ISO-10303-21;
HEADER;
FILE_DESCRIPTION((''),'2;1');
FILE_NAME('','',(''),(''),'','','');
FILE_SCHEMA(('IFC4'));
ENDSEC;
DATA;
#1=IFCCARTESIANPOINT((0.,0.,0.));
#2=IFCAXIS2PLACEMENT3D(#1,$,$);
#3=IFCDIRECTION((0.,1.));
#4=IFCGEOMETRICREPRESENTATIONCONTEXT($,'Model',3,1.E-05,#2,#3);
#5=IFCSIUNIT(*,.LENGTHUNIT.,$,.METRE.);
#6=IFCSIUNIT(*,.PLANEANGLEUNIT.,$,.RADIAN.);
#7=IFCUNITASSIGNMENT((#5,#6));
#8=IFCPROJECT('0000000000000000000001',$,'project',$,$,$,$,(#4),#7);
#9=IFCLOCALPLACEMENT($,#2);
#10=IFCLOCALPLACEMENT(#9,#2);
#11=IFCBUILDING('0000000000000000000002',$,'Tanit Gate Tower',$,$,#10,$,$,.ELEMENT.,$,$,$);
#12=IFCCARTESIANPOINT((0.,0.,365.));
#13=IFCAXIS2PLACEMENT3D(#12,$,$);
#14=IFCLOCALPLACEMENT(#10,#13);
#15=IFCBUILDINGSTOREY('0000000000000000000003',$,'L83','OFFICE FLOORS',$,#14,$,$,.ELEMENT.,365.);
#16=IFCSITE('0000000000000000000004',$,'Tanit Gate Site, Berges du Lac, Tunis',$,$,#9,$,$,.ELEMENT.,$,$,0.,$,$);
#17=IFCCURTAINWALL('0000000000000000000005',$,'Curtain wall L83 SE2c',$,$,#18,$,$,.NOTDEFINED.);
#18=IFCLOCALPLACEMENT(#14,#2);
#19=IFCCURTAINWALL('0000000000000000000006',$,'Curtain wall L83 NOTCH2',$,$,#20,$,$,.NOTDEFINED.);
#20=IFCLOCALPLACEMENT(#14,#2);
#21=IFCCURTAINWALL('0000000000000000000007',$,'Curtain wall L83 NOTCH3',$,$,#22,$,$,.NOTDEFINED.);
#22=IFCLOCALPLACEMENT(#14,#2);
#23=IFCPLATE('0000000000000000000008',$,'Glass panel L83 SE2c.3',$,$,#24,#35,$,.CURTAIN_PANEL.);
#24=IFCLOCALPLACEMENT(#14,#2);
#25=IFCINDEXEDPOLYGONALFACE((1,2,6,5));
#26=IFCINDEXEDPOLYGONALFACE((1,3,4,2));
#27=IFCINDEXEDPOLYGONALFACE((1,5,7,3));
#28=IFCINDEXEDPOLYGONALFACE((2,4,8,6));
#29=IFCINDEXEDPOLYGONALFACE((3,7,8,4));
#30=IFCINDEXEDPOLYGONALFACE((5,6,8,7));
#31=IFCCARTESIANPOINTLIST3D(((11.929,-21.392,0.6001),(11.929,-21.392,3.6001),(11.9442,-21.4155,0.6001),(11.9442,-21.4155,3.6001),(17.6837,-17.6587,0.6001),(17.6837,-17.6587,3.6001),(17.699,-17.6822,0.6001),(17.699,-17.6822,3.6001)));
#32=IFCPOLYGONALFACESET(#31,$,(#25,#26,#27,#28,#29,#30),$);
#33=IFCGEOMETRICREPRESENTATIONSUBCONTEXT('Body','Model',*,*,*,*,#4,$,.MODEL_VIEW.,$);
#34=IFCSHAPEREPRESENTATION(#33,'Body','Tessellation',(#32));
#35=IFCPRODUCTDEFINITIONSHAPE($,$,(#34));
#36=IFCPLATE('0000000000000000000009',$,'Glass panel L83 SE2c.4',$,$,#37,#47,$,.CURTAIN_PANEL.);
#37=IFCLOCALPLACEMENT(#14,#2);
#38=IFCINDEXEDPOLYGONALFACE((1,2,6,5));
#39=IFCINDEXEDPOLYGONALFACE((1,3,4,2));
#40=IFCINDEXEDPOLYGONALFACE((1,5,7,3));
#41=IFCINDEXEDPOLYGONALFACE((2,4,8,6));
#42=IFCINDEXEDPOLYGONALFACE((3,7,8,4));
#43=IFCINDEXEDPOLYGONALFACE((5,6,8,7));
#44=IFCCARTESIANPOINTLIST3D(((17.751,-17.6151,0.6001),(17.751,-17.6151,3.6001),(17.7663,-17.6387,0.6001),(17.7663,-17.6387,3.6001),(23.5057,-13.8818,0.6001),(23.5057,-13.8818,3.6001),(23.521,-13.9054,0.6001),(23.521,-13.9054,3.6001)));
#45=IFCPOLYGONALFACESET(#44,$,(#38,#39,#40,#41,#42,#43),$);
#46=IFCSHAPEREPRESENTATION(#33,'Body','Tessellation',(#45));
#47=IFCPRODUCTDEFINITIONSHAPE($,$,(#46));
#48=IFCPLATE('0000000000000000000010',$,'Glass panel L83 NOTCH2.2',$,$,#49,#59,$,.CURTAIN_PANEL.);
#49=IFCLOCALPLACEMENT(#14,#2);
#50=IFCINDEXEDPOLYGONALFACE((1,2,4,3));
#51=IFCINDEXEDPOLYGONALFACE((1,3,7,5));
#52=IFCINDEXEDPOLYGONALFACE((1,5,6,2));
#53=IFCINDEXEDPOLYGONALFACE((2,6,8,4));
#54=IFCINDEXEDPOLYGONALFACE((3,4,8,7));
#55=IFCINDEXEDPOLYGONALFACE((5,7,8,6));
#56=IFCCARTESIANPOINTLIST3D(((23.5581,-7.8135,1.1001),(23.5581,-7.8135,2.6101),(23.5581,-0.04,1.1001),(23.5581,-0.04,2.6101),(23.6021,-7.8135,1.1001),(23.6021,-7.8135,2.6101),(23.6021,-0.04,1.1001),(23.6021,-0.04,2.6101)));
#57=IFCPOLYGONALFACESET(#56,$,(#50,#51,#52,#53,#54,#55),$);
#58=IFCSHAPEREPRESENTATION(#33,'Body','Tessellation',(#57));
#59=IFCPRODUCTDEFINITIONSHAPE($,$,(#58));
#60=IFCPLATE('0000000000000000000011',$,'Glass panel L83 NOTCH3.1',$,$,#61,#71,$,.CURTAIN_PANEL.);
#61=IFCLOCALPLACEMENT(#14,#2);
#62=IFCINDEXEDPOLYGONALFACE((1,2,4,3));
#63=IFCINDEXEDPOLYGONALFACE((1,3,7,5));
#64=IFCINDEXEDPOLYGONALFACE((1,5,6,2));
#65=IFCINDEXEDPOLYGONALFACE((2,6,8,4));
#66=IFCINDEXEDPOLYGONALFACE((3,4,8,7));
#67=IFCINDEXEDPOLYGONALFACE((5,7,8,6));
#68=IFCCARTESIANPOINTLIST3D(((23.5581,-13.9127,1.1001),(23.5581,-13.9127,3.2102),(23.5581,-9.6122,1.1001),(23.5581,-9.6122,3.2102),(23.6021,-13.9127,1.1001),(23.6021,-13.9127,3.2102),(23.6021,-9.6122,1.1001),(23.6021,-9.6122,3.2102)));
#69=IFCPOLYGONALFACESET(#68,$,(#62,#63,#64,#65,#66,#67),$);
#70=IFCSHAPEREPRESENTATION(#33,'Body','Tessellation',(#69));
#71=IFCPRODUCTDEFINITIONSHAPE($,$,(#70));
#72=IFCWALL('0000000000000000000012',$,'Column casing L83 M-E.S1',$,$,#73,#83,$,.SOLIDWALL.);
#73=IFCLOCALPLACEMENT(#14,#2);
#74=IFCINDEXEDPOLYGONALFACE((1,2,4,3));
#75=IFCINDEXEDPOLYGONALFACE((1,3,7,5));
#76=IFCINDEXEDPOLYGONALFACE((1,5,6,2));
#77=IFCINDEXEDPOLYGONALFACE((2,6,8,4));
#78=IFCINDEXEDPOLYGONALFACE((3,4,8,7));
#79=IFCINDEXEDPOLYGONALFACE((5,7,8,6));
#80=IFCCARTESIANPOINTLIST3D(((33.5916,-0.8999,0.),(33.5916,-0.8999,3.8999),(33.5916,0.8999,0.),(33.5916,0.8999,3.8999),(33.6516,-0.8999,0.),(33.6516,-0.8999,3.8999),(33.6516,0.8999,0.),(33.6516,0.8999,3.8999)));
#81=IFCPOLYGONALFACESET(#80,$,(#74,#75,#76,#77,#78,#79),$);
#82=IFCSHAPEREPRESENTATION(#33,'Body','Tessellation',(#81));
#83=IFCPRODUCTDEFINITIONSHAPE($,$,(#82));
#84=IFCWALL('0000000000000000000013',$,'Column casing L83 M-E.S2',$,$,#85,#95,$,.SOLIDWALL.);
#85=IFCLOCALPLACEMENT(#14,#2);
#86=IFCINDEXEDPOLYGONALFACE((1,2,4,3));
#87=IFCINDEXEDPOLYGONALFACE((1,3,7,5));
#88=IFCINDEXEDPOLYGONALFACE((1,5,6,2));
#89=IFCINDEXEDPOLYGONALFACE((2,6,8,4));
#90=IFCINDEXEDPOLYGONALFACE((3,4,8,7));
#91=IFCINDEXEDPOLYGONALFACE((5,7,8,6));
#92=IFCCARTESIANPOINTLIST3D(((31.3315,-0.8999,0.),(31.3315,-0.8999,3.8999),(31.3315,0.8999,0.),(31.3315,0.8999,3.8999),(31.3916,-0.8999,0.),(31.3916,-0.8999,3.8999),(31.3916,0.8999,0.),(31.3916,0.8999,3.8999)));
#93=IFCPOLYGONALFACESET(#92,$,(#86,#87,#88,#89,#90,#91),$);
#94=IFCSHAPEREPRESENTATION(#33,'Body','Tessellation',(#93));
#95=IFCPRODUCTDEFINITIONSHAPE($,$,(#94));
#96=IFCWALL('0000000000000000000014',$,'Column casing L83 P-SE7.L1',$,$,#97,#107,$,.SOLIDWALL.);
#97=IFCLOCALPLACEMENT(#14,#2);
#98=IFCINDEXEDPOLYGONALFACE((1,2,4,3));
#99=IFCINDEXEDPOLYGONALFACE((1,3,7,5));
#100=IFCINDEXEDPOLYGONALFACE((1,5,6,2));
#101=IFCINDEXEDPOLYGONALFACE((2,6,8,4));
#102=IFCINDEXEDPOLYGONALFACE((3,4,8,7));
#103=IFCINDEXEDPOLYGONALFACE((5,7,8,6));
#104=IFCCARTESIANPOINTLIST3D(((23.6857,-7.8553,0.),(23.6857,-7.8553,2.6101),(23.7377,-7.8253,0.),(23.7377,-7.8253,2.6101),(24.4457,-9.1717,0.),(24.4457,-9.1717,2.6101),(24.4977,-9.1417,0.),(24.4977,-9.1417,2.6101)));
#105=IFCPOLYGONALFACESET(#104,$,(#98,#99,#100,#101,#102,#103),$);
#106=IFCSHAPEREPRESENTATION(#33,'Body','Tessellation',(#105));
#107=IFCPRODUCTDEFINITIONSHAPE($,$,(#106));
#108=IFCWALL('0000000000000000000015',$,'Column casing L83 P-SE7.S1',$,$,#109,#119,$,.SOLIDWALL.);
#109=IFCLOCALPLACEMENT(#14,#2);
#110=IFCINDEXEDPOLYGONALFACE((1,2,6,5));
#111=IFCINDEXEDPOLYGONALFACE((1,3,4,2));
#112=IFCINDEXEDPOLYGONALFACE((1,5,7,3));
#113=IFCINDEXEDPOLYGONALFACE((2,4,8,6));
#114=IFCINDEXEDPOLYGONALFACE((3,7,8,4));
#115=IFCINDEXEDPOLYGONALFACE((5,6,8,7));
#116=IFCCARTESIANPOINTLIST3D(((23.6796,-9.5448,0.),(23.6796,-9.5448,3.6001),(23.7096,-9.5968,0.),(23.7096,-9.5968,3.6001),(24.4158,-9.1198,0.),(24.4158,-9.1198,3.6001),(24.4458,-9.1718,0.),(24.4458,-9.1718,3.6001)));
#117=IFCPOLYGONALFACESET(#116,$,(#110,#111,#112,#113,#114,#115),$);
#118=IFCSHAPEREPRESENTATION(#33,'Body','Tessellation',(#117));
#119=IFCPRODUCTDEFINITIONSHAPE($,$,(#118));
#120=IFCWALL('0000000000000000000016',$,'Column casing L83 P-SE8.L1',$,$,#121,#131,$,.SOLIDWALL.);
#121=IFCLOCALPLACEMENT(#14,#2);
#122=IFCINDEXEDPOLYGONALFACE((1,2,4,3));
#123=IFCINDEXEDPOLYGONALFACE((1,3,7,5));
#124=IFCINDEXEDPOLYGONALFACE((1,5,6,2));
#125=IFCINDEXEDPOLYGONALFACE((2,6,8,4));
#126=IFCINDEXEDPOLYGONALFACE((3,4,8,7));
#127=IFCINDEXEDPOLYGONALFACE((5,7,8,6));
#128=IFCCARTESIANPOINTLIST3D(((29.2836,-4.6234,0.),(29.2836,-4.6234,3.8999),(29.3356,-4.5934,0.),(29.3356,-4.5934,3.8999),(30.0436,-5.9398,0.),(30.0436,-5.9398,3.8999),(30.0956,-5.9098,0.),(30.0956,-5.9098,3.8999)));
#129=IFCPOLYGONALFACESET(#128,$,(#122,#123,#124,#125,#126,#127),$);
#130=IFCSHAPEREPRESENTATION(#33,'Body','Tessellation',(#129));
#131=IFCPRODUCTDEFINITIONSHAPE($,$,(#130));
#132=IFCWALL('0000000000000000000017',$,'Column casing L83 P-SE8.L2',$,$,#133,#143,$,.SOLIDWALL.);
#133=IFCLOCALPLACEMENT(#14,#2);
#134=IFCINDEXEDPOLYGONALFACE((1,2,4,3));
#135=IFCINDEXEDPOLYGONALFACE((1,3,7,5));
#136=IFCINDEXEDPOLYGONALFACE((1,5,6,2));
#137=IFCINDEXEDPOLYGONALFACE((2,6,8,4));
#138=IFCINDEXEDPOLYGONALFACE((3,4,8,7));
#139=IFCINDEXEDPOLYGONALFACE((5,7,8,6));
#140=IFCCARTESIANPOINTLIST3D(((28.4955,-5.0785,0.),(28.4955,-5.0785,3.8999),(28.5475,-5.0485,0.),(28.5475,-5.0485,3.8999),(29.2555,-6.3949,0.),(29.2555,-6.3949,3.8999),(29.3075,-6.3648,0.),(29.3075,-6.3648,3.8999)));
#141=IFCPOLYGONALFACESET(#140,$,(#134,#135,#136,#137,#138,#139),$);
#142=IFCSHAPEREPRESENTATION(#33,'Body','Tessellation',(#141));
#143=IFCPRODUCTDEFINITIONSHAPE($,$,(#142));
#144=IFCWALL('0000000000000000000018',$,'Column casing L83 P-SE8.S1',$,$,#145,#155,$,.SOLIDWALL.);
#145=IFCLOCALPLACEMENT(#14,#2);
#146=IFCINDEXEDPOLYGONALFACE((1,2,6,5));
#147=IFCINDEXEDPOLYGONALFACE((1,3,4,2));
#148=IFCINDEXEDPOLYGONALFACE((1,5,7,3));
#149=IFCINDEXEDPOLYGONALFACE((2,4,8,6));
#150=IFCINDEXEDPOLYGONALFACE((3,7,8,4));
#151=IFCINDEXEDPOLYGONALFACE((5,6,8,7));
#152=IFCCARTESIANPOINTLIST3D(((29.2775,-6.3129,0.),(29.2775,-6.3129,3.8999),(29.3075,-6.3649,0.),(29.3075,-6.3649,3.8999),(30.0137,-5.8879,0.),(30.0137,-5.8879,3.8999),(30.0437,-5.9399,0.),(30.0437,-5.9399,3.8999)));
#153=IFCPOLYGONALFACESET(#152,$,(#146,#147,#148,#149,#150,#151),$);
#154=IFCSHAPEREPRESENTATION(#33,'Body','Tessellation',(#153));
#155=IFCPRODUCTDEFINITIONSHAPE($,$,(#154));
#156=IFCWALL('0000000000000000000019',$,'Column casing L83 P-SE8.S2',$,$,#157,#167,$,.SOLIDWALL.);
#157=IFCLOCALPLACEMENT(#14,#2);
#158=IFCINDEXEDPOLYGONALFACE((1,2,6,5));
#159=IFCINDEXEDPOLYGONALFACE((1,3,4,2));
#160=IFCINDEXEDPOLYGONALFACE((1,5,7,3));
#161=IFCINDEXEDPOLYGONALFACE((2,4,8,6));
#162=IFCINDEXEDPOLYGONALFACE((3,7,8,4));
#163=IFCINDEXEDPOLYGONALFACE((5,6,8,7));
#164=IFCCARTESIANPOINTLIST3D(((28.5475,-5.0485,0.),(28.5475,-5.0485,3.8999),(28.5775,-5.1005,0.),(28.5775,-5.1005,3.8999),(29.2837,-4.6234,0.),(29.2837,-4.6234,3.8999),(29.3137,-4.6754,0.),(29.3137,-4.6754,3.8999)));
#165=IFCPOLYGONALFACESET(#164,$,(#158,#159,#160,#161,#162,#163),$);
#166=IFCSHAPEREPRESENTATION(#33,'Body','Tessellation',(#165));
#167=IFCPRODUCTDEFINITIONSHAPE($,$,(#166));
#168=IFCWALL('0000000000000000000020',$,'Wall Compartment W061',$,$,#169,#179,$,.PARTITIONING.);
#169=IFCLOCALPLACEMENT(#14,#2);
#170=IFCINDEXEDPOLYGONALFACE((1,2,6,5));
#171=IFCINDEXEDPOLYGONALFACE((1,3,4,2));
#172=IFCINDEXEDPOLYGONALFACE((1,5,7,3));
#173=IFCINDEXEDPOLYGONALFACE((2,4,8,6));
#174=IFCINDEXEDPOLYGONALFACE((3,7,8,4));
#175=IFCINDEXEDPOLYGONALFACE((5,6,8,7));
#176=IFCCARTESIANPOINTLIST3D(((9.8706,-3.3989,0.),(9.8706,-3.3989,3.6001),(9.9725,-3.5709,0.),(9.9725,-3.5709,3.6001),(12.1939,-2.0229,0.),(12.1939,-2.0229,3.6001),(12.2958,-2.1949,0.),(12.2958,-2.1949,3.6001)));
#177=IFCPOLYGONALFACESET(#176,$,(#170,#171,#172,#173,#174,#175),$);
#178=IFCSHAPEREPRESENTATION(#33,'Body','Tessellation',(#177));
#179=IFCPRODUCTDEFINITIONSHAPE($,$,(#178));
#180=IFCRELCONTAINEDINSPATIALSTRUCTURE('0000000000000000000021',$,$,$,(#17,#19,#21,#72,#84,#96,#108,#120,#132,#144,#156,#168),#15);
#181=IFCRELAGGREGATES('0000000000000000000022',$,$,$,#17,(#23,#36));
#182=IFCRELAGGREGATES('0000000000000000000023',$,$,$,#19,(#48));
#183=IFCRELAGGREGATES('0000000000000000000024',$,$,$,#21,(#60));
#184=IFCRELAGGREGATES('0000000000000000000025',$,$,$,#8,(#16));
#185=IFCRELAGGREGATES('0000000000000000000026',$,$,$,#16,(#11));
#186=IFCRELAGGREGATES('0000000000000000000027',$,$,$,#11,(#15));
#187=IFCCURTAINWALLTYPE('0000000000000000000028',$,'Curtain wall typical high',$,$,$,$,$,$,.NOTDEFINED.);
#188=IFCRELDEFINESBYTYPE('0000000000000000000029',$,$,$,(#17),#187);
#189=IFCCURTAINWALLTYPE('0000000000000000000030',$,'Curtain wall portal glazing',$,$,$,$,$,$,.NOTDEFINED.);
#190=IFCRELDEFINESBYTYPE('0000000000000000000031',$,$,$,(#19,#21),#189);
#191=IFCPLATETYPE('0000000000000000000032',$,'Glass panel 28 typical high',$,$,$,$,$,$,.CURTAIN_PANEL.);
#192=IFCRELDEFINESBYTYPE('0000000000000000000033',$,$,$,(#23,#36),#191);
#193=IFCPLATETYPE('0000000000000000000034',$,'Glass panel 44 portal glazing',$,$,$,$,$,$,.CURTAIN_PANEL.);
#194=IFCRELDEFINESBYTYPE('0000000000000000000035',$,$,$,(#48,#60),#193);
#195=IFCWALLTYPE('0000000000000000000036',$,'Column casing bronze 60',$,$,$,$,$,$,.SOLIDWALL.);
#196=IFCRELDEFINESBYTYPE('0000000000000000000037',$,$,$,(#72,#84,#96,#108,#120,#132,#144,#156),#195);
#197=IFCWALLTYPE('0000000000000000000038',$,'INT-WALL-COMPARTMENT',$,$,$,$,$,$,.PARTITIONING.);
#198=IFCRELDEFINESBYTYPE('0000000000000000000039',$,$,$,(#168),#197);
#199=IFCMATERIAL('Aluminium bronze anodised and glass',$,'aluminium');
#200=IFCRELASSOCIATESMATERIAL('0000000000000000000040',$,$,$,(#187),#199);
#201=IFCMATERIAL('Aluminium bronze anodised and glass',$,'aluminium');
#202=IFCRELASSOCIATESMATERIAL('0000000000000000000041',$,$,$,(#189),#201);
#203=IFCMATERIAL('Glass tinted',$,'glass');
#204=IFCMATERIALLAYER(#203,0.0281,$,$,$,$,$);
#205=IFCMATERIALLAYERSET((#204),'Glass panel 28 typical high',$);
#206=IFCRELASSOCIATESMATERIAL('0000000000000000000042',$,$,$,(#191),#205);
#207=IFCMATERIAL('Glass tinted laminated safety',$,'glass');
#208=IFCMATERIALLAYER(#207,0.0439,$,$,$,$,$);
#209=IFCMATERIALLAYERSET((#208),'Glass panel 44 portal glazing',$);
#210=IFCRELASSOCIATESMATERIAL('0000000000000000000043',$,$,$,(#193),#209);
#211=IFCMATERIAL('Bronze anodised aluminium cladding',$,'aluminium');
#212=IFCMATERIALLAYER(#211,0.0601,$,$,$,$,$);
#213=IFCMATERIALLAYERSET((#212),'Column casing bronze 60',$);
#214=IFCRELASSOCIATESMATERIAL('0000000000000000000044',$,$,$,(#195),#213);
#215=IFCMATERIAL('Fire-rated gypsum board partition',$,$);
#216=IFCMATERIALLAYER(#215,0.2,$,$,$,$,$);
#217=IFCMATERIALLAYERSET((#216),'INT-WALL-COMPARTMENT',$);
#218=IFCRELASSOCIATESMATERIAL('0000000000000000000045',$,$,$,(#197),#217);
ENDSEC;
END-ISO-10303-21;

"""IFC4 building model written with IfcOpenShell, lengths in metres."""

from ifc_helpers import new_model, si_unit, direction, frame, frame_2d, origin, origin_2d, place, context, subcontext, project, spatial, rectangle, extrude, material, layer, layer_set, type_object, element, aggregate, save


model = new_model("IFC4")

# Units and contexts
model_context = context("Model", 3, precision=1e-05, world=origin(), true_north=direction((0.0, 1.0)))
body_context = subcontext(model_context, "Body", "Model", "MODEL_VIEW")
ifc_project = project(units=[si_unit("LENGTHUNIT", "METRE"), si_unit("PLANEANGLEUNIT", "RADIAN")], contexts=[model_context])

# Site, building, storey
site_placement = place(None, origin())
site = spatial("IfcSite", under=ifc_project, at=site_placement, Name="Tanit Gate Site, Berges du Lac, Tunis", CompositionType="ELEMENT", RefElevation=0.0)
building_placement = place(site_placement, origin())
building = spatial("IfcBuilding", under=site, at=building_placement, Name="Tanit Gate Tower", CompositionType="ELEMENT")
storey_placement = place(building_placement, frame((0.0, 0.0, 365.0)))
storey = spatial("IfcBuildingStorey", under=building, at=storey_placement, Name="L83", Description="OFFICE FLOORS", CompositionType="ELEMENT", Elevation=365.0)

# Curtain wall
ifc_material_1 = material(Name="Aluminium bronze anodised and glass", Category="aluminium")
curtain_wall_type_1 = type_object("IfcCurtainWallType", Name="Curtain wall typical high", PredefinedType="NOTDEFINED", material=ifc_material_1)
curtain_wall_1_placement = place(storey_placement, origin())
curtain_wall_1 = element("IfcCurtainWall", 1, at=curtain_wall_1_placement, inside=storey, type_object=curtain_wall_type_1, Name="Curtain wall L83 SE2c", PredefinedType="NOTDEFINED")

# Curtain wall
ifc_material_2 = material(Name="Aluminium bronze anodised and glass", Category="aluminium")
curtain_wall_type_2 = type_object("IfcCurtainWallType", Name="Curtain wall portal glazing", PredefinedType="NOTDEFINED", material=ifc_material_2)
curtain_wall_2_placement = place(storey_placement, origin())
curtain_wall_2 = element("IfcCurtainWall", 2, at=curtain_wall_2_placement, inside=storey, type_object=curtain_wall_type_2, Name="Curtain wall L83 NOTCH2", PredefinedType="NOTDEFINED")

# Curtain wall
curtain_wall_3_placement = place(storey_placement, origin())
curtain_wall_3 = element("IfcCurtainWall", 3, at=curtain_wall_3_placement, inside=storey, type_object=curtain_wall_type_2, Name="Curtain wall L83 NOTCH3", PredefinedType="NOTDEFINED")

# Plates
ifc_material_3 = material(Name="Glass tinted", Category="glass")
ifc_layer_1 = layer(ifc_material_3, 0.0281)
ifc_layer_set_1 = layer_set([ifc_layer_1], Name="Glass panel 28 typical high")
plate_type_1 = type_object("IfcPlateType", Name="Glass panel 28 typical high", PredefinedType="CURTAIN_PANEL", material=ifc_layer_set_1)
plate_1_placement = place(storey_placement, frame((14.814, -19.5371, 0.6001), z_axis=(0.0, 0.0, 1.0), x_axis=(0.838927, 0.544243, 0.0)))
plate_1 = element("IfcPlate", 4, at=plate_1_placement, type_object=plate_type_1, Name="Glass panel L83 SE2c.3", PredefinedType="CURTAIN_PANEL", context=body_context, shape_type="SweptSolid", body=[
    extrude(rectangle(XDim=6.8596, YDim=0.0281, at=origin_2d()), origin(), (0.0, 0.0, 1.0), 3.0),
])
plate_2_placement = place(storey_placement, frame((20.636, -15.7603, 0.6001), z_axis=(0.0, 0.0, 1.0), x_axis=(0.838927, 0.544243, 0.0)))
plate_2 = element("IfcPlate", 5, at=plate_2_placement, type_object=plate_type_1, Name="Glass panel L83 SE2c.4", PredefinedType="CURTAIN_PANEL", context=body_context, shape_type="SweptSolid", body=[
    extrude(rectangle(XDim=6.8596, YDim=0.0281, at=origin_2d()), origin(), (0.0, 0.0, 1.0), 3.0),
])
aggregate(curtain_wall_1, [plate_1, plate_2])
ifc_material_4 = material(Name="Glass tinted laminated safety", Category="glass")
ifc_layer_2 = layer(ifc_material_4, 0.0439)
ifc_layer_set_2 = layer_set([ifc_layer_2], Name="Glass panel 44 portal glazing")
plate_type_2 = type_object("IfcPlateType", Name="Glass panel 44 portal glazing", PredefinedType="CURTAIN_PANEL", material=ifc_layer_set_2)
plate_3_placement = place(storey_placement, frame((23.5801, -3.9268, 1.1001), z_axis=(0.0, 0.0, 1.0), x_axis=(0.0, -1.0, 0.0)))
plate_3 = element("IfcPlate", 6, at=plate_3_placement, type_object=plate_type_2, Name="Glass panel L83 NOTCH2.2", PredefinedType="CURTAIN_PANEL", context=body_context, shape_type="SweptSolid", body=[
    extrude(rectangle(XDim=7.7734, YDim=0.0439, at=origin_2d()), origin(), (0.0, 0.0, 1.0), 1.51),
])
aggregate(curtain_wall_2, [plate_3])
plate_4_placement = place(storey_placement, frame((23.5801, -11.7625, 1.1001), z_axis=(0.0, 0.0, 1.0), x_axis=(0.0, -1.0, 0.0)))
plate_4 = element("IfcPlate", 7, at=plate_4_placement, type_object=plate_type_2, Name="Glass panel L83 NOTCH3.1", PredefinedType="CURTAIN_PANEL", context=body_context, shape_type="SweptSolid", body=[
    extrude(rectangle(XDim=4.3005, YDim=0.0439, at=origin_2d()), origin(), (0.0, 0.0, 1.0), 2.1101),
])
aggregate(curtain_wall_3, [plate_4])

# Walls
ifc_material_5 = material(Name="Bronze anodised aluminium cladding", Category="aluminium")
ifc_layer_3 = layer(ifc_material_5, 0.0601)
ifc_layer_set_3 = layer_set([ifc_layer_3], Name="Column casing bronze 60")
wall_type_1 = type_object("IfcWallType", Name="Column casing bronze 60", PredefinedType="SOLIDWALL", material=ifc_layer_set_3)
for number, where, z_axis, x_axis, name in (
    (8, (33.6216, -0.8999, 0.0), (0.0, 0.0, 1.0), (0.0, 1.0, 0.0), "Column casing L83 M-E.S1"),
    (9, (31.3616, -0.8999, 0.0), (0.0, 0.0, 1.0), (0.0, 1.0, 0.0), "Column casing L83 M-E.S2"),
):
    element("IfcWall", number, at=place(storey_placement, frame(where, z_axis=z_axis, x_axis=x_axis)), inside=storey, type_object=wall_type_1, Name=name, PredefinedType="SOLIDWALL", context=body_context, shape_type="SweptSolid", body=[
        extrude(rectangle(XDim=1.7998, YDim=0.0601, at=frame_2d((0.8999, 0.0))), origin(), (0.0, 0.0, 1.0), 3.8999),
    ])
wall_1_placement = place(storey_placement, frame((23.7117, -7.8403, 0.0), z_axis=(0.0, 0.0, 1.0), x_axis=(0.499991, -0.86603, 0.0)))
element("IfcWall", 10, at=wall_1_placement, inside=storey, type_object=wall_type_1, Name="Column casing L83 P-SE7.L1", PredefinedType="SOLIDWALL", context=body_context, shape_type="SweptSolid", body=[
    extrude(rectangle(XDim=1.52, YDim=0.0601, at=frame_2d((0.76, 0.0))), origin(), (0.0, 0.0, 1.0), 2.6101),
])
wall_2_placement = place(storey_placement, frame((23.6946, -9.5708, 0.0), z_axis=(0.0, 0.0, 1.0), x_axis=(0.866061, 0.499938, 0.0)))
element("IfcWall", 11, at=wall_2_placement, inside=storey, type_object=wall_type_1, Name="Column casing L83 P-SE7.S1", PredefinedType="SOLIDWALL", context=body_context, shape_type="SweptSolid", body=[
    extrude(rectangle(XDim=0.8501, YDim=0.0601, at=frame_2d((0.425, 0.0))), origin(), (0.0, 0.0, 1.0), 3.6001),
])
for number, where, z_axis, x_axis, name in (
    (12, (29.3096, -4.6084, 0.0), (0.0, 0.0, 1.0), (0.499991, -0.86603, 0.0), "Column casing L83 P-SE8.L1"),
    (13, (28.5215, -5.0635, 0.0), (0.0, 0.0, 1.0), (0.499991, -0.86603, 0.0), "Column casing L83 P-SE8.L2"),
):
    element("IfcWall", number, at=place(storey_placement, frame(where, z_axis=z_axis, x_axis=x_axis)), inside=storey, type_object=wall_type_1, Name=name, PredefinedType="SOLIDWALL", context=body_context, shape_type="SweptSolid", body=[
        extrude(rectangle(XDim=1.52, YDim=0.0601, at=frame_2d((0.76, 0.0))), origin(), (0.0, 0.0, 1.0), 3.8999),
    ])
for number, where, z_axis, x_axis, name in (
    (14, (29.2925, -6.3389, 0.0), (0.0, 0.0, 1.0), (0.866061, 0.499938, 0.0), "Column casing L83 P-SE8.S1"),
    (15, (28.5625, -5.0745, 0.0), (0.0, 0.0, 1.0), (0.865989, 0.500062, 0.0), "Column casing L83 P-SE8.S2"),
):
    element("IfcWall", number, at=place(storey_placement, frame(where, z_axis=z_axis, x_axis=x_axis)), inside=storey, type_object=wall_type_1, Name=name, PredefinedType="SOLIDWALL", context=body_context, shape_type="SweptSolid", body=[
        extrude(rectangle(XDim=0.8501, YDim=0.0601, at=frame_2d((0.425, 0.0))), origin(), (0.0, 0.0, 1.0), 3.8999),
    ])
ifc_material_6 = material(Name="Fire-rated gypsum board partition")
ifc_layer_4 = layer(ifc_material_6, 0.2)
ifc_layer_set_4 = layer_set([ifc_layer_4], Name="INT-WALL-COMPARTMENT")
wall_type_2 = type_object("IfcWallType", Name="INT-WALL-COMPARTMENT", PredefinedType="PARTITIONING", material=ifc_layer_set_4)
wall_3_placement = place(storey_placement, frame((12.2449, -2.1089, 0.0), z_axis=(0.0, 0.0, 1.0), x_axis=(-0.860415, -0.509594, 0.0)))
element("IfcWall", 16, at=wall_3_placement, inside=storey, type_object=wall_type_2, Name="Wall Compartment W061", PredefinedType="PARTITIONING", context=body_context, shape_type="SweptSolid", body=[
    extrude(rectangle(XDim=2.7002, YDim=0.2, at=frame_2d((1.3501, 0.0))), origin(), (0.0, 0.0, 1.0), 3.6001),
])

save(model, "model.ifc")
